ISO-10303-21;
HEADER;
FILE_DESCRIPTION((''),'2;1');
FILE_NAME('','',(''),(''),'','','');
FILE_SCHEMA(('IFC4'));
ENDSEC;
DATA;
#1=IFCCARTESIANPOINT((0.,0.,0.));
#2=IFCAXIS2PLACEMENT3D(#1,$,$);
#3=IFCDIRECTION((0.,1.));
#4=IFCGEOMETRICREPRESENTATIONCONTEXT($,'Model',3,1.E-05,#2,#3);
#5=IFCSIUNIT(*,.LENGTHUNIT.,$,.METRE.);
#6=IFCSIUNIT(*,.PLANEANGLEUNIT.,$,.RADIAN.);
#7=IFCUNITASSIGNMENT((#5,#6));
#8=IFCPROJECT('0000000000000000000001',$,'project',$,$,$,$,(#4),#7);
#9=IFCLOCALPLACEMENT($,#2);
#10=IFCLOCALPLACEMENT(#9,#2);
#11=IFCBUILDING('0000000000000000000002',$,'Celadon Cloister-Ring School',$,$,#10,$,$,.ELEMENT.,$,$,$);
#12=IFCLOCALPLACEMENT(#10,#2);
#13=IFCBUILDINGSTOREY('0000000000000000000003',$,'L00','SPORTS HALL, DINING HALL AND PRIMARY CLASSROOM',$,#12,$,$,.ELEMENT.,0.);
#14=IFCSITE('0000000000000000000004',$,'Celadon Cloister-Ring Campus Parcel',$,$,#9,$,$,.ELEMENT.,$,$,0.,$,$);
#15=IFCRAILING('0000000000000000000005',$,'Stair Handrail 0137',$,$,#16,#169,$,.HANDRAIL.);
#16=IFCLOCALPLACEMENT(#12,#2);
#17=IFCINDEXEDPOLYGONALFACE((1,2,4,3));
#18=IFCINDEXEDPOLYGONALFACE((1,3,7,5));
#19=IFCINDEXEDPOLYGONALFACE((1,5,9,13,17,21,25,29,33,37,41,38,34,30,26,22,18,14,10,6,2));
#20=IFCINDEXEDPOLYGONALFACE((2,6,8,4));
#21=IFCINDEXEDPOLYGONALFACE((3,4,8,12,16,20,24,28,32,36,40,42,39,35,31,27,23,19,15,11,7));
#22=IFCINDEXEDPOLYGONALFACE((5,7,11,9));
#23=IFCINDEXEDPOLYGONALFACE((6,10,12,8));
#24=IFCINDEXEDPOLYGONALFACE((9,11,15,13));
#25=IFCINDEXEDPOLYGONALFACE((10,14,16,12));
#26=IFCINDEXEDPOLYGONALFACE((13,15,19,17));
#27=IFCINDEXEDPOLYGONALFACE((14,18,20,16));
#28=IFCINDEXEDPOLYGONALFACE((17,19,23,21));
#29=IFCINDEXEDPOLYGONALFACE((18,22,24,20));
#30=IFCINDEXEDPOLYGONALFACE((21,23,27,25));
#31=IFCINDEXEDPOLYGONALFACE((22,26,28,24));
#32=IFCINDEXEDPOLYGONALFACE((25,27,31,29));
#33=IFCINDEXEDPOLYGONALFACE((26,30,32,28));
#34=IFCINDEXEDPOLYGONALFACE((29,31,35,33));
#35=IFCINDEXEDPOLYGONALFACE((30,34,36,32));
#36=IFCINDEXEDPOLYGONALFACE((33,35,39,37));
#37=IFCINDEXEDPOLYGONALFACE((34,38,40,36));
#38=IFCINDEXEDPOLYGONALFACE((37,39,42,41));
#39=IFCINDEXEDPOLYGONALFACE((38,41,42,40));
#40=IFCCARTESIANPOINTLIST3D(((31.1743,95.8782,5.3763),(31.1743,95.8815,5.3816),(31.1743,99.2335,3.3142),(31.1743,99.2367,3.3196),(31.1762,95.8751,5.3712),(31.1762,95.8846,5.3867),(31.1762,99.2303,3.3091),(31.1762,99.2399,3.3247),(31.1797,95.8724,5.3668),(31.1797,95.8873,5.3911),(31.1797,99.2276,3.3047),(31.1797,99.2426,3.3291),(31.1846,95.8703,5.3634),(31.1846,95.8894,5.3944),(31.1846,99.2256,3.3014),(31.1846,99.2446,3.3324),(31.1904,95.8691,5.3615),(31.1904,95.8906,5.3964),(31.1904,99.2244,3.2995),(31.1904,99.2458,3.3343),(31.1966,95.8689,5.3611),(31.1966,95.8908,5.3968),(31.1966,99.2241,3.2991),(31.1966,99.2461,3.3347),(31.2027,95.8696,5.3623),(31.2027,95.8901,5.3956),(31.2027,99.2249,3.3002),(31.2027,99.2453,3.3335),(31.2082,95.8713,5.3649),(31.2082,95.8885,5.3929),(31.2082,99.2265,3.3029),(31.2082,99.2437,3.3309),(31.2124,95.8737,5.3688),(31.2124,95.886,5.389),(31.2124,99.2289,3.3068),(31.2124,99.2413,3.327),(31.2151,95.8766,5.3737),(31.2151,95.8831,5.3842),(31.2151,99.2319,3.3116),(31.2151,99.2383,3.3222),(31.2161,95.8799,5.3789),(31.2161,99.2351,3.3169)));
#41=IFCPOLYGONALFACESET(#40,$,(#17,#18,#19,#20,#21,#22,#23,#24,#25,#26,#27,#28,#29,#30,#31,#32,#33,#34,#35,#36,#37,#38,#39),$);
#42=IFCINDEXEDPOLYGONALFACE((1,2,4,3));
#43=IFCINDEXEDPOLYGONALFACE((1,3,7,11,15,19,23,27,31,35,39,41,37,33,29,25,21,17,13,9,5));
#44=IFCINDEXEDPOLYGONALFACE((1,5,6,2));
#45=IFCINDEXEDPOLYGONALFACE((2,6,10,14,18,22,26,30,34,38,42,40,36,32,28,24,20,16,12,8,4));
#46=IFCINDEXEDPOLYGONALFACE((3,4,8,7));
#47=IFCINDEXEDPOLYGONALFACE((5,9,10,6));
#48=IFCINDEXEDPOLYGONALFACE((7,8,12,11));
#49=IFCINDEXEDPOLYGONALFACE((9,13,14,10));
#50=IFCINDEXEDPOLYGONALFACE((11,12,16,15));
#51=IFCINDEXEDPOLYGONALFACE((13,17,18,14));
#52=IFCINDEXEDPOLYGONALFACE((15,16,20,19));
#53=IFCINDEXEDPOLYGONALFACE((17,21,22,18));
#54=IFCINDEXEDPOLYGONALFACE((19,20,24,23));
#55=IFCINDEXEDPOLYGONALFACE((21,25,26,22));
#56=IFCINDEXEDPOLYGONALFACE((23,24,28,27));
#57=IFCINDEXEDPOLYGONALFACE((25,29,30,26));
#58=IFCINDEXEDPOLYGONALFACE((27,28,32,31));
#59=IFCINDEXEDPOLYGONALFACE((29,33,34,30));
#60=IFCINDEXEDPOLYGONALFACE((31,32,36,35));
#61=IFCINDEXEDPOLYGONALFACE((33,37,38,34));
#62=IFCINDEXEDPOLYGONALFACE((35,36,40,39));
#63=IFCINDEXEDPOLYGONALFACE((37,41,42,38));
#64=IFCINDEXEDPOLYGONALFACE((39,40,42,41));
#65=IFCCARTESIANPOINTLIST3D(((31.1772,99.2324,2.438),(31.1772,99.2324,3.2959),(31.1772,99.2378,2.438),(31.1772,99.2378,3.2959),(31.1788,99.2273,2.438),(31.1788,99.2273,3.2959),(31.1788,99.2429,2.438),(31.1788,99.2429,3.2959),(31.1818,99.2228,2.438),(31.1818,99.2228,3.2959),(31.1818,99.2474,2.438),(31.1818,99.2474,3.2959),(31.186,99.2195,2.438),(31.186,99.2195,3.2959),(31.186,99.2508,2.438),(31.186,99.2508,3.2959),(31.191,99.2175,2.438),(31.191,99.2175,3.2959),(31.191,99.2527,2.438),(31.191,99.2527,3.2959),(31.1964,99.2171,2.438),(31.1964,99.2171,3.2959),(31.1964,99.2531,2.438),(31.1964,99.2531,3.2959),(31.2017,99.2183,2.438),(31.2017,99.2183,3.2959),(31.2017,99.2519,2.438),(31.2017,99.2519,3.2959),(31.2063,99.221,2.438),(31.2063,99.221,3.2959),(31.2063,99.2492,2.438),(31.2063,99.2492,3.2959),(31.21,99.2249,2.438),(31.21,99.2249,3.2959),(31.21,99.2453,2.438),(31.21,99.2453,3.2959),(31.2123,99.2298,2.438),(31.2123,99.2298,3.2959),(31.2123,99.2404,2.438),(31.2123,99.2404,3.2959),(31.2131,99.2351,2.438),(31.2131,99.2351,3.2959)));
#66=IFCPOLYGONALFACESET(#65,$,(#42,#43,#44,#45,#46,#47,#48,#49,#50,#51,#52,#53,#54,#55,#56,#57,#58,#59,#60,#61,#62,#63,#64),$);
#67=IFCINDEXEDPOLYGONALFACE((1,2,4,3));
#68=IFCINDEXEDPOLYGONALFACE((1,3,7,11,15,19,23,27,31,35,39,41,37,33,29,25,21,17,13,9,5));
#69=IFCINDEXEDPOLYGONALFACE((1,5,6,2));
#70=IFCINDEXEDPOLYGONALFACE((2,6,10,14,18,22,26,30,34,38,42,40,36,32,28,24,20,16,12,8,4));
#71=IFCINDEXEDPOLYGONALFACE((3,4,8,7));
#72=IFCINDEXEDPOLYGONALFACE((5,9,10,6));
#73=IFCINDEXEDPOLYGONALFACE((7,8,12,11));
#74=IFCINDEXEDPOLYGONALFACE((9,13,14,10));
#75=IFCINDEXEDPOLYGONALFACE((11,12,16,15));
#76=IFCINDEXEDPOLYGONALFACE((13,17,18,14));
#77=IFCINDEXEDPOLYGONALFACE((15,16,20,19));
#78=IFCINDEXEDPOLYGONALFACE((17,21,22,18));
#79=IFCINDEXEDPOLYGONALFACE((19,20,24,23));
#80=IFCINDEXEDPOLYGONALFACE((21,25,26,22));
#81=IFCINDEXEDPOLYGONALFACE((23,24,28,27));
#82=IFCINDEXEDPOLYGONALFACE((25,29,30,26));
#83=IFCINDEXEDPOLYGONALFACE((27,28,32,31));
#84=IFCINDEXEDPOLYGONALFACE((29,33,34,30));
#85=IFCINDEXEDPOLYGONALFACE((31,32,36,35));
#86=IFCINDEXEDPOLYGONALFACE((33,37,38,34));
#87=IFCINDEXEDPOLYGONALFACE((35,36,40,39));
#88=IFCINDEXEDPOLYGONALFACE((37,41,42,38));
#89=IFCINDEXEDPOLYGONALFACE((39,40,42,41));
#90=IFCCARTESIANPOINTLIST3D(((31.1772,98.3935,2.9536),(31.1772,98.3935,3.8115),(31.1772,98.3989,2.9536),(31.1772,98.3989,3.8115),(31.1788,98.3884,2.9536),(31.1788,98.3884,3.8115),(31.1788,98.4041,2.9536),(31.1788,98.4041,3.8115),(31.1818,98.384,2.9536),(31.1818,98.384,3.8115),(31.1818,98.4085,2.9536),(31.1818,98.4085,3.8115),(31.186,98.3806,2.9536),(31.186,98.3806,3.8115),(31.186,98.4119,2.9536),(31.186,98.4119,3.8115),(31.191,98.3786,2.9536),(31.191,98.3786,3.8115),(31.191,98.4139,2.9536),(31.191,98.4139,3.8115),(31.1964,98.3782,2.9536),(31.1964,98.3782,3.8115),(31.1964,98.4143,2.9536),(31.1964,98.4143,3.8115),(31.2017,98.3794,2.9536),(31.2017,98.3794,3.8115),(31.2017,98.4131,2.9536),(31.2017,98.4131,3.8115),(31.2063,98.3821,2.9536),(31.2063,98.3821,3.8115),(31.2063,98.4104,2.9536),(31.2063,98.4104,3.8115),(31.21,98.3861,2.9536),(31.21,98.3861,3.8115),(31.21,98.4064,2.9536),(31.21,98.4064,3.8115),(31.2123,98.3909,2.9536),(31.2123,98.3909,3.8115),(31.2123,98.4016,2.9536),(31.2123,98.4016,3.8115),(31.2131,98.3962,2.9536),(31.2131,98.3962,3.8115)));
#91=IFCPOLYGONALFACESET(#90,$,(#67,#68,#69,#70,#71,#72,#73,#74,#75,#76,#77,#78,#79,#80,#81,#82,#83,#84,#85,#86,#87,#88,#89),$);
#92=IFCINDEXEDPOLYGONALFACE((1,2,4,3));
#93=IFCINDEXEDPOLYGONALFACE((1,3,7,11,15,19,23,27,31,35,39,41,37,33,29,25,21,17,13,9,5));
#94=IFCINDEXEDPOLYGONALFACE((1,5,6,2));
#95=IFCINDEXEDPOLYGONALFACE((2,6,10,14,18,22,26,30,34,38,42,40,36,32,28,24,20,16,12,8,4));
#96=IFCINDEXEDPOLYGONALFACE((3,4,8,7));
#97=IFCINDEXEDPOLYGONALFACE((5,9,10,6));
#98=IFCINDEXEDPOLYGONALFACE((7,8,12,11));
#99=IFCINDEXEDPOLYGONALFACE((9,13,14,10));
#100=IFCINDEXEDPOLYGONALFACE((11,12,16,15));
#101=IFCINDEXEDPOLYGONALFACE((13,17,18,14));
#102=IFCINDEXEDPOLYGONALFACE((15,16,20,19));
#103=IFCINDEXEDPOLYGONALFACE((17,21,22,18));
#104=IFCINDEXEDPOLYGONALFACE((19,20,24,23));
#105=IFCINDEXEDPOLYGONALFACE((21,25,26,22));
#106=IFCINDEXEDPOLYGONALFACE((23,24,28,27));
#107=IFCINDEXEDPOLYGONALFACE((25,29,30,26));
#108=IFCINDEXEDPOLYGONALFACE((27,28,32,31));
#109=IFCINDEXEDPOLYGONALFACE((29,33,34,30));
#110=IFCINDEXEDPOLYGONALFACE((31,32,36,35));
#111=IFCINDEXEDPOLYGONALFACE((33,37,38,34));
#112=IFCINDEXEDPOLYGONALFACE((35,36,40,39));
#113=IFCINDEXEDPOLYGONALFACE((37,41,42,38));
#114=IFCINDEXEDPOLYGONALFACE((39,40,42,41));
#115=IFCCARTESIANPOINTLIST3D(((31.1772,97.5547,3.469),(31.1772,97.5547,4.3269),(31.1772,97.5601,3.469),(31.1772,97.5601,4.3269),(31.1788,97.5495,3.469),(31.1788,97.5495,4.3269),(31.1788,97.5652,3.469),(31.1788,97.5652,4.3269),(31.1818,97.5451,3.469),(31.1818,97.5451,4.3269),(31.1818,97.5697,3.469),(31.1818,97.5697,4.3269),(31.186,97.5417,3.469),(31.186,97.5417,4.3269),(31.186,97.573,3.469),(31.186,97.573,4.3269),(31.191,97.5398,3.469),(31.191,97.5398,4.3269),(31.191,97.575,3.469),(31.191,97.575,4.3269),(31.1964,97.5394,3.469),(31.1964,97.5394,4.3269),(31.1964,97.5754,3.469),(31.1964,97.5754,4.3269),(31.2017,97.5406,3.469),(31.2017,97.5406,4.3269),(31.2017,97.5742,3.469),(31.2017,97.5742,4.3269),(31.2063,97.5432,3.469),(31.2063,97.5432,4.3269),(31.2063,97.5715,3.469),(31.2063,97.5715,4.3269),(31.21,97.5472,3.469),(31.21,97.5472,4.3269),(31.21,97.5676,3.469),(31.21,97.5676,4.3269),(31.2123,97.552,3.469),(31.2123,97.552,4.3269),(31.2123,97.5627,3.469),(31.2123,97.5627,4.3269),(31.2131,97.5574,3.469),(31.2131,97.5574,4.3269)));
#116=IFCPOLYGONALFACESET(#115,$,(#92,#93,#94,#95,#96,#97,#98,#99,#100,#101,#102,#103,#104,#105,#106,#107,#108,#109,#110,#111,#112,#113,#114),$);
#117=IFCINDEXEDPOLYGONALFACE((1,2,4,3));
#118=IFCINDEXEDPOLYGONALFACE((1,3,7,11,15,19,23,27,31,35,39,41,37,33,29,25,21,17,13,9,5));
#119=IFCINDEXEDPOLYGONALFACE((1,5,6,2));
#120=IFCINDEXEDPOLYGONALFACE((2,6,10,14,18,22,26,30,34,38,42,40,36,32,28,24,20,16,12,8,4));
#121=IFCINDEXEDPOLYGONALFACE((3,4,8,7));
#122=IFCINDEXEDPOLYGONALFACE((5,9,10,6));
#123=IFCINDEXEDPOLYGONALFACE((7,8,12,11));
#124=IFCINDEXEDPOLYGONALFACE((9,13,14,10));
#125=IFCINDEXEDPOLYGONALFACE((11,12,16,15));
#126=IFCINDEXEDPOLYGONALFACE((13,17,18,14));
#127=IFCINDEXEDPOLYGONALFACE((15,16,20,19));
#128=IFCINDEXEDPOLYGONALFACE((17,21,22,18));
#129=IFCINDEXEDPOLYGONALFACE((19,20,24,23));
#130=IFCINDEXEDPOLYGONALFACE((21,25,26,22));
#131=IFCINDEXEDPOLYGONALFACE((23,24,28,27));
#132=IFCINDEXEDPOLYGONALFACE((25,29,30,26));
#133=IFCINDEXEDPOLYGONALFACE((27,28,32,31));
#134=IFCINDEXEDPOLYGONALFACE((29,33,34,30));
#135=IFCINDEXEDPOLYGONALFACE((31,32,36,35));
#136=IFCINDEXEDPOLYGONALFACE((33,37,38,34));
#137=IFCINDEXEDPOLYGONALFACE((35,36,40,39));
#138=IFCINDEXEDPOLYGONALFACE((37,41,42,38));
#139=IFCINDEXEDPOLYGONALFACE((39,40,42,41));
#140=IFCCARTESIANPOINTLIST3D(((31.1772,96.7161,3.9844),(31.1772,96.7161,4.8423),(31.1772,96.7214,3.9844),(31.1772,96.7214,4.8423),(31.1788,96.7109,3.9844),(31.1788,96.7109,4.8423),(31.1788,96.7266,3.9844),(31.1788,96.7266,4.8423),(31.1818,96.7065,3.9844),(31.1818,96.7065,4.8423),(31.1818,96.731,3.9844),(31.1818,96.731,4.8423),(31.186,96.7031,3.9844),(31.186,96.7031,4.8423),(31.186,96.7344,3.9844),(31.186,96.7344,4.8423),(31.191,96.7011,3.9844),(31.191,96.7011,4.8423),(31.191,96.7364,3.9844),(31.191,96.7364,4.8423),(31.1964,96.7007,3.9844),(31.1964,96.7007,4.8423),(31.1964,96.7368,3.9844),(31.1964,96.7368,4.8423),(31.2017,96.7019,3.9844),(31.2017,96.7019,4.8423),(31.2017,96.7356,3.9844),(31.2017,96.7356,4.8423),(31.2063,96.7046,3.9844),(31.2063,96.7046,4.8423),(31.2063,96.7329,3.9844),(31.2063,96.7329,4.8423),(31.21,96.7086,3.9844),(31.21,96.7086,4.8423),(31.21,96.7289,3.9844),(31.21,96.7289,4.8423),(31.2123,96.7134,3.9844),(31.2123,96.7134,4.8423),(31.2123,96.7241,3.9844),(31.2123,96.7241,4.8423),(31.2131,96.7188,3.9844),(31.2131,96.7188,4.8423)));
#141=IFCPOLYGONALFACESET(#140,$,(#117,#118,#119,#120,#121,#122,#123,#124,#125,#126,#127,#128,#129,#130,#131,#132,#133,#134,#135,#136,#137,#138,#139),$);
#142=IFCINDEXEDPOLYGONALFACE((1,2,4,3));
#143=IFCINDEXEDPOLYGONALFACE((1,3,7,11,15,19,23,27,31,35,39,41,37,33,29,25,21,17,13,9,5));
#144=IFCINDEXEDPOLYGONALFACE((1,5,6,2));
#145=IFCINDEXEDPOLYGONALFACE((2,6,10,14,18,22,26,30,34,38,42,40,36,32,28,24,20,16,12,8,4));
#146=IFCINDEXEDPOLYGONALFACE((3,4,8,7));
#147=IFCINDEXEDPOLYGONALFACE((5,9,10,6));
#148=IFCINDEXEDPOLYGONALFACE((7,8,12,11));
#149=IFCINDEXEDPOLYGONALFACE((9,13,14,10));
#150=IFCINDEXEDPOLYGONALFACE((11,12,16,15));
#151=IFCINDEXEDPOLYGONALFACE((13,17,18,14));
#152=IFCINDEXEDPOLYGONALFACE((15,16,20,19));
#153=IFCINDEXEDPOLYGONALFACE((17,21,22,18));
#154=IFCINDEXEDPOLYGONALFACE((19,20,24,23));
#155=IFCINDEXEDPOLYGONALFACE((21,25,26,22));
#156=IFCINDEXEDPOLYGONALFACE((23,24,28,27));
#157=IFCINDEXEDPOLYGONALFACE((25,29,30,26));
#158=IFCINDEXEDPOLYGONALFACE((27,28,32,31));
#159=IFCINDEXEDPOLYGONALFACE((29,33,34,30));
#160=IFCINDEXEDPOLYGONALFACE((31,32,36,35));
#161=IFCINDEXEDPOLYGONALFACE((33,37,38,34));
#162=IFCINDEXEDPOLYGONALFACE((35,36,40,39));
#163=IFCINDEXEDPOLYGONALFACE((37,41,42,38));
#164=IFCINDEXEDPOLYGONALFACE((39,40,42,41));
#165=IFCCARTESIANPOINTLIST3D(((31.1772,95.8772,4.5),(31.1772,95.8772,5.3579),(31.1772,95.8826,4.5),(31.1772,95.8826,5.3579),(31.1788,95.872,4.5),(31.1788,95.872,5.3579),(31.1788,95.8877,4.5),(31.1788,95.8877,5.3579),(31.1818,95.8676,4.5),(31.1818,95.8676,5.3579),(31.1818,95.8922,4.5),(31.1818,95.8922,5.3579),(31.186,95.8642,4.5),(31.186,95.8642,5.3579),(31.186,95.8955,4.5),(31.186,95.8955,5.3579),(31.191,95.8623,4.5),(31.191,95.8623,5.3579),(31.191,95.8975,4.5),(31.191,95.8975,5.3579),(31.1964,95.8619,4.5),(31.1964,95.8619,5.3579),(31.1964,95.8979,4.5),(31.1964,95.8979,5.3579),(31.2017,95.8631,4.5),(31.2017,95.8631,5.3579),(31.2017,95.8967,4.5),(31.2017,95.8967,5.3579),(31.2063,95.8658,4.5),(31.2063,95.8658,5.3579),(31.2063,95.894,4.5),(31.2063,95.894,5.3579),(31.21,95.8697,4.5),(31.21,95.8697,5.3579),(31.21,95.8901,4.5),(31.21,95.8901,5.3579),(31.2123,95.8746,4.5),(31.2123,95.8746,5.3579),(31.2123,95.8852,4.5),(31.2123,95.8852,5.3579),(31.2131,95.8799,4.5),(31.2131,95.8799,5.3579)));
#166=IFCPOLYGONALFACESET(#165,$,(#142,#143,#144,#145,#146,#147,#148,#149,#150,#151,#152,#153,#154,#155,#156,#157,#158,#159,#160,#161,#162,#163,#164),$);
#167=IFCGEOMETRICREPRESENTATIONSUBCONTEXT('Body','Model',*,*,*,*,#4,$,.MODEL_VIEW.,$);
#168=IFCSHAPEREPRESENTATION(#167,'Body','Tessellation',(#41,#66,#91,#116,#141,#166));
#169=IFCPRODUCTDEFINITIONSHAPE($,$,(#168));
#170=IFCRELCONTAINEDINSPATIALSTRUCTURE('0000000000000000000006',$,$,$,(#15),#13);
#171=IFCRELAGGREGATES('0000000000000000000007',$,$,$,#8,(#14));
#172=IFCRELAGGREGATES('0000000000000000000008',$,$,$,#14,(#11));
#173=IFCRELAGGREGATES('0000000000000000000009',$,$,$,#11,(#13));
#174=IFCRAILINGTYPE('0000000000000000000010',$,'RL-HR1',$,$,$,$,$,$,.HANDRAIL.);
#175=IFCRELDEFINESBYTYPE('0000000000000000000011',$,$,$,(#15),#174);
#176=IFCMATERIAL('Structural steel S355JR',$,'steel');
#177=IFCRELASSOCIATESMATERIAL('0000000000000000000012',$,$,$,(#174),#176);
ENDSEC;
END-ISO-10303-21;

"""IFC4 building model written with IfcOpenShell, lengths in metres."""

from ifc_helpers import new_model, si_unit, direction, frame, origin, origin_2d, place, context, subcontext, project, spatial, circle, extrude, material, type_object, element, save


model = new_model("IFC4")

# Units and contexts
model_context = context("Model", 3, precision=1e-05, world=origin(), true_north=direction((0.0, 1.0)))
body_context = subcontext(model_context, "Body", "Model", "MODEL_VIEW")
ifc_project = project(units=[si_unit("LENGTHUNIT", "METRE"), si_unit("PLANEANGLEUNIT", "RADIAN")], contexts=[model_context])

# Site, building, storey
site_placement = place(None, origin())
site = spatial("IfcSite", under=ifc_project, at=site_placement, Name="Celadon Cloister-Ring Campus Parcel", CompositionType="ELEMENT", RefElevation=0.0)
building_placement = place(site_placement, origin())
building = spatial("IfcBuilding", under=site, at=building_placement, Name="Celadon Cloister-Ring School", CompositionType="ELEMENT")
storey_placement = place(building_placement, origin())
storey = spatial("IfcBuildingStorey", under=building, at=storey_placement, Name="L00", Description="SPORTS HALL, DINING HALL AND PRIMARY CLASSROOM", CompositionType="ELEMENT", Elevation=0.0)

# Railing
ifc_material_1 = material(Name="Structural steel S355JR", Category="steel")
railing_type_1 = type_object("IfcRailingType", Name="RL-HR1", PredefinedType="HANDRAIL", material=ifc_material_1)
for number, where, name in (
    (1, (31.1951, 99.2351, 2.438), "Stair Handrail 0137"),
):
    element("IfcRailing", number, at=place(storey_placement, frame(where)), inside=storey, type_object=railing_type_1, Name=name, PredefinedType="HANDRAIL", context=body_context, shape_type="SweptSolid", body=[
        extrude(circle(Radius=0.021, at=origin_2d()), frame((0.0, 0.0, 0.8789), z_axis=(0.0, -0.851969, 0.523592), x_axis=(1.0, 0.0, 0.0)), (0.0, 0.0, 1.0), 3.9382),
        extrude(circle(Radius=0.0181, at=origin_2d()), origin(), (0.0, 0.0, 1.0), 0.8579),
        extrude(circle(Radius=0.0181, at=origin_2d()), frame((0.0, -0.8389, 0.5156)), (0.0, 0.0, 1.0), 0.8579),
        extrude(circle(Radius=0.0181, at=origin_2d()), frame((0.0, -1.6777, 1.031)), (0.0, 0.0, 1.0), 0.8579),
        extrude(circle(Radius=0.0181, at=origin_2d()), frame((0.0, -2.5164, 1.5464)), (0.0, 0.0, 1.0), 0.8579),
        extrude(circle(Radius=0.0181, at=origin_2d()), frame((0.0, -3.3552, 2.062)), (0.0, 0.0, 1.0), 0.8579),
    ])

save(model, "model.ifc")
